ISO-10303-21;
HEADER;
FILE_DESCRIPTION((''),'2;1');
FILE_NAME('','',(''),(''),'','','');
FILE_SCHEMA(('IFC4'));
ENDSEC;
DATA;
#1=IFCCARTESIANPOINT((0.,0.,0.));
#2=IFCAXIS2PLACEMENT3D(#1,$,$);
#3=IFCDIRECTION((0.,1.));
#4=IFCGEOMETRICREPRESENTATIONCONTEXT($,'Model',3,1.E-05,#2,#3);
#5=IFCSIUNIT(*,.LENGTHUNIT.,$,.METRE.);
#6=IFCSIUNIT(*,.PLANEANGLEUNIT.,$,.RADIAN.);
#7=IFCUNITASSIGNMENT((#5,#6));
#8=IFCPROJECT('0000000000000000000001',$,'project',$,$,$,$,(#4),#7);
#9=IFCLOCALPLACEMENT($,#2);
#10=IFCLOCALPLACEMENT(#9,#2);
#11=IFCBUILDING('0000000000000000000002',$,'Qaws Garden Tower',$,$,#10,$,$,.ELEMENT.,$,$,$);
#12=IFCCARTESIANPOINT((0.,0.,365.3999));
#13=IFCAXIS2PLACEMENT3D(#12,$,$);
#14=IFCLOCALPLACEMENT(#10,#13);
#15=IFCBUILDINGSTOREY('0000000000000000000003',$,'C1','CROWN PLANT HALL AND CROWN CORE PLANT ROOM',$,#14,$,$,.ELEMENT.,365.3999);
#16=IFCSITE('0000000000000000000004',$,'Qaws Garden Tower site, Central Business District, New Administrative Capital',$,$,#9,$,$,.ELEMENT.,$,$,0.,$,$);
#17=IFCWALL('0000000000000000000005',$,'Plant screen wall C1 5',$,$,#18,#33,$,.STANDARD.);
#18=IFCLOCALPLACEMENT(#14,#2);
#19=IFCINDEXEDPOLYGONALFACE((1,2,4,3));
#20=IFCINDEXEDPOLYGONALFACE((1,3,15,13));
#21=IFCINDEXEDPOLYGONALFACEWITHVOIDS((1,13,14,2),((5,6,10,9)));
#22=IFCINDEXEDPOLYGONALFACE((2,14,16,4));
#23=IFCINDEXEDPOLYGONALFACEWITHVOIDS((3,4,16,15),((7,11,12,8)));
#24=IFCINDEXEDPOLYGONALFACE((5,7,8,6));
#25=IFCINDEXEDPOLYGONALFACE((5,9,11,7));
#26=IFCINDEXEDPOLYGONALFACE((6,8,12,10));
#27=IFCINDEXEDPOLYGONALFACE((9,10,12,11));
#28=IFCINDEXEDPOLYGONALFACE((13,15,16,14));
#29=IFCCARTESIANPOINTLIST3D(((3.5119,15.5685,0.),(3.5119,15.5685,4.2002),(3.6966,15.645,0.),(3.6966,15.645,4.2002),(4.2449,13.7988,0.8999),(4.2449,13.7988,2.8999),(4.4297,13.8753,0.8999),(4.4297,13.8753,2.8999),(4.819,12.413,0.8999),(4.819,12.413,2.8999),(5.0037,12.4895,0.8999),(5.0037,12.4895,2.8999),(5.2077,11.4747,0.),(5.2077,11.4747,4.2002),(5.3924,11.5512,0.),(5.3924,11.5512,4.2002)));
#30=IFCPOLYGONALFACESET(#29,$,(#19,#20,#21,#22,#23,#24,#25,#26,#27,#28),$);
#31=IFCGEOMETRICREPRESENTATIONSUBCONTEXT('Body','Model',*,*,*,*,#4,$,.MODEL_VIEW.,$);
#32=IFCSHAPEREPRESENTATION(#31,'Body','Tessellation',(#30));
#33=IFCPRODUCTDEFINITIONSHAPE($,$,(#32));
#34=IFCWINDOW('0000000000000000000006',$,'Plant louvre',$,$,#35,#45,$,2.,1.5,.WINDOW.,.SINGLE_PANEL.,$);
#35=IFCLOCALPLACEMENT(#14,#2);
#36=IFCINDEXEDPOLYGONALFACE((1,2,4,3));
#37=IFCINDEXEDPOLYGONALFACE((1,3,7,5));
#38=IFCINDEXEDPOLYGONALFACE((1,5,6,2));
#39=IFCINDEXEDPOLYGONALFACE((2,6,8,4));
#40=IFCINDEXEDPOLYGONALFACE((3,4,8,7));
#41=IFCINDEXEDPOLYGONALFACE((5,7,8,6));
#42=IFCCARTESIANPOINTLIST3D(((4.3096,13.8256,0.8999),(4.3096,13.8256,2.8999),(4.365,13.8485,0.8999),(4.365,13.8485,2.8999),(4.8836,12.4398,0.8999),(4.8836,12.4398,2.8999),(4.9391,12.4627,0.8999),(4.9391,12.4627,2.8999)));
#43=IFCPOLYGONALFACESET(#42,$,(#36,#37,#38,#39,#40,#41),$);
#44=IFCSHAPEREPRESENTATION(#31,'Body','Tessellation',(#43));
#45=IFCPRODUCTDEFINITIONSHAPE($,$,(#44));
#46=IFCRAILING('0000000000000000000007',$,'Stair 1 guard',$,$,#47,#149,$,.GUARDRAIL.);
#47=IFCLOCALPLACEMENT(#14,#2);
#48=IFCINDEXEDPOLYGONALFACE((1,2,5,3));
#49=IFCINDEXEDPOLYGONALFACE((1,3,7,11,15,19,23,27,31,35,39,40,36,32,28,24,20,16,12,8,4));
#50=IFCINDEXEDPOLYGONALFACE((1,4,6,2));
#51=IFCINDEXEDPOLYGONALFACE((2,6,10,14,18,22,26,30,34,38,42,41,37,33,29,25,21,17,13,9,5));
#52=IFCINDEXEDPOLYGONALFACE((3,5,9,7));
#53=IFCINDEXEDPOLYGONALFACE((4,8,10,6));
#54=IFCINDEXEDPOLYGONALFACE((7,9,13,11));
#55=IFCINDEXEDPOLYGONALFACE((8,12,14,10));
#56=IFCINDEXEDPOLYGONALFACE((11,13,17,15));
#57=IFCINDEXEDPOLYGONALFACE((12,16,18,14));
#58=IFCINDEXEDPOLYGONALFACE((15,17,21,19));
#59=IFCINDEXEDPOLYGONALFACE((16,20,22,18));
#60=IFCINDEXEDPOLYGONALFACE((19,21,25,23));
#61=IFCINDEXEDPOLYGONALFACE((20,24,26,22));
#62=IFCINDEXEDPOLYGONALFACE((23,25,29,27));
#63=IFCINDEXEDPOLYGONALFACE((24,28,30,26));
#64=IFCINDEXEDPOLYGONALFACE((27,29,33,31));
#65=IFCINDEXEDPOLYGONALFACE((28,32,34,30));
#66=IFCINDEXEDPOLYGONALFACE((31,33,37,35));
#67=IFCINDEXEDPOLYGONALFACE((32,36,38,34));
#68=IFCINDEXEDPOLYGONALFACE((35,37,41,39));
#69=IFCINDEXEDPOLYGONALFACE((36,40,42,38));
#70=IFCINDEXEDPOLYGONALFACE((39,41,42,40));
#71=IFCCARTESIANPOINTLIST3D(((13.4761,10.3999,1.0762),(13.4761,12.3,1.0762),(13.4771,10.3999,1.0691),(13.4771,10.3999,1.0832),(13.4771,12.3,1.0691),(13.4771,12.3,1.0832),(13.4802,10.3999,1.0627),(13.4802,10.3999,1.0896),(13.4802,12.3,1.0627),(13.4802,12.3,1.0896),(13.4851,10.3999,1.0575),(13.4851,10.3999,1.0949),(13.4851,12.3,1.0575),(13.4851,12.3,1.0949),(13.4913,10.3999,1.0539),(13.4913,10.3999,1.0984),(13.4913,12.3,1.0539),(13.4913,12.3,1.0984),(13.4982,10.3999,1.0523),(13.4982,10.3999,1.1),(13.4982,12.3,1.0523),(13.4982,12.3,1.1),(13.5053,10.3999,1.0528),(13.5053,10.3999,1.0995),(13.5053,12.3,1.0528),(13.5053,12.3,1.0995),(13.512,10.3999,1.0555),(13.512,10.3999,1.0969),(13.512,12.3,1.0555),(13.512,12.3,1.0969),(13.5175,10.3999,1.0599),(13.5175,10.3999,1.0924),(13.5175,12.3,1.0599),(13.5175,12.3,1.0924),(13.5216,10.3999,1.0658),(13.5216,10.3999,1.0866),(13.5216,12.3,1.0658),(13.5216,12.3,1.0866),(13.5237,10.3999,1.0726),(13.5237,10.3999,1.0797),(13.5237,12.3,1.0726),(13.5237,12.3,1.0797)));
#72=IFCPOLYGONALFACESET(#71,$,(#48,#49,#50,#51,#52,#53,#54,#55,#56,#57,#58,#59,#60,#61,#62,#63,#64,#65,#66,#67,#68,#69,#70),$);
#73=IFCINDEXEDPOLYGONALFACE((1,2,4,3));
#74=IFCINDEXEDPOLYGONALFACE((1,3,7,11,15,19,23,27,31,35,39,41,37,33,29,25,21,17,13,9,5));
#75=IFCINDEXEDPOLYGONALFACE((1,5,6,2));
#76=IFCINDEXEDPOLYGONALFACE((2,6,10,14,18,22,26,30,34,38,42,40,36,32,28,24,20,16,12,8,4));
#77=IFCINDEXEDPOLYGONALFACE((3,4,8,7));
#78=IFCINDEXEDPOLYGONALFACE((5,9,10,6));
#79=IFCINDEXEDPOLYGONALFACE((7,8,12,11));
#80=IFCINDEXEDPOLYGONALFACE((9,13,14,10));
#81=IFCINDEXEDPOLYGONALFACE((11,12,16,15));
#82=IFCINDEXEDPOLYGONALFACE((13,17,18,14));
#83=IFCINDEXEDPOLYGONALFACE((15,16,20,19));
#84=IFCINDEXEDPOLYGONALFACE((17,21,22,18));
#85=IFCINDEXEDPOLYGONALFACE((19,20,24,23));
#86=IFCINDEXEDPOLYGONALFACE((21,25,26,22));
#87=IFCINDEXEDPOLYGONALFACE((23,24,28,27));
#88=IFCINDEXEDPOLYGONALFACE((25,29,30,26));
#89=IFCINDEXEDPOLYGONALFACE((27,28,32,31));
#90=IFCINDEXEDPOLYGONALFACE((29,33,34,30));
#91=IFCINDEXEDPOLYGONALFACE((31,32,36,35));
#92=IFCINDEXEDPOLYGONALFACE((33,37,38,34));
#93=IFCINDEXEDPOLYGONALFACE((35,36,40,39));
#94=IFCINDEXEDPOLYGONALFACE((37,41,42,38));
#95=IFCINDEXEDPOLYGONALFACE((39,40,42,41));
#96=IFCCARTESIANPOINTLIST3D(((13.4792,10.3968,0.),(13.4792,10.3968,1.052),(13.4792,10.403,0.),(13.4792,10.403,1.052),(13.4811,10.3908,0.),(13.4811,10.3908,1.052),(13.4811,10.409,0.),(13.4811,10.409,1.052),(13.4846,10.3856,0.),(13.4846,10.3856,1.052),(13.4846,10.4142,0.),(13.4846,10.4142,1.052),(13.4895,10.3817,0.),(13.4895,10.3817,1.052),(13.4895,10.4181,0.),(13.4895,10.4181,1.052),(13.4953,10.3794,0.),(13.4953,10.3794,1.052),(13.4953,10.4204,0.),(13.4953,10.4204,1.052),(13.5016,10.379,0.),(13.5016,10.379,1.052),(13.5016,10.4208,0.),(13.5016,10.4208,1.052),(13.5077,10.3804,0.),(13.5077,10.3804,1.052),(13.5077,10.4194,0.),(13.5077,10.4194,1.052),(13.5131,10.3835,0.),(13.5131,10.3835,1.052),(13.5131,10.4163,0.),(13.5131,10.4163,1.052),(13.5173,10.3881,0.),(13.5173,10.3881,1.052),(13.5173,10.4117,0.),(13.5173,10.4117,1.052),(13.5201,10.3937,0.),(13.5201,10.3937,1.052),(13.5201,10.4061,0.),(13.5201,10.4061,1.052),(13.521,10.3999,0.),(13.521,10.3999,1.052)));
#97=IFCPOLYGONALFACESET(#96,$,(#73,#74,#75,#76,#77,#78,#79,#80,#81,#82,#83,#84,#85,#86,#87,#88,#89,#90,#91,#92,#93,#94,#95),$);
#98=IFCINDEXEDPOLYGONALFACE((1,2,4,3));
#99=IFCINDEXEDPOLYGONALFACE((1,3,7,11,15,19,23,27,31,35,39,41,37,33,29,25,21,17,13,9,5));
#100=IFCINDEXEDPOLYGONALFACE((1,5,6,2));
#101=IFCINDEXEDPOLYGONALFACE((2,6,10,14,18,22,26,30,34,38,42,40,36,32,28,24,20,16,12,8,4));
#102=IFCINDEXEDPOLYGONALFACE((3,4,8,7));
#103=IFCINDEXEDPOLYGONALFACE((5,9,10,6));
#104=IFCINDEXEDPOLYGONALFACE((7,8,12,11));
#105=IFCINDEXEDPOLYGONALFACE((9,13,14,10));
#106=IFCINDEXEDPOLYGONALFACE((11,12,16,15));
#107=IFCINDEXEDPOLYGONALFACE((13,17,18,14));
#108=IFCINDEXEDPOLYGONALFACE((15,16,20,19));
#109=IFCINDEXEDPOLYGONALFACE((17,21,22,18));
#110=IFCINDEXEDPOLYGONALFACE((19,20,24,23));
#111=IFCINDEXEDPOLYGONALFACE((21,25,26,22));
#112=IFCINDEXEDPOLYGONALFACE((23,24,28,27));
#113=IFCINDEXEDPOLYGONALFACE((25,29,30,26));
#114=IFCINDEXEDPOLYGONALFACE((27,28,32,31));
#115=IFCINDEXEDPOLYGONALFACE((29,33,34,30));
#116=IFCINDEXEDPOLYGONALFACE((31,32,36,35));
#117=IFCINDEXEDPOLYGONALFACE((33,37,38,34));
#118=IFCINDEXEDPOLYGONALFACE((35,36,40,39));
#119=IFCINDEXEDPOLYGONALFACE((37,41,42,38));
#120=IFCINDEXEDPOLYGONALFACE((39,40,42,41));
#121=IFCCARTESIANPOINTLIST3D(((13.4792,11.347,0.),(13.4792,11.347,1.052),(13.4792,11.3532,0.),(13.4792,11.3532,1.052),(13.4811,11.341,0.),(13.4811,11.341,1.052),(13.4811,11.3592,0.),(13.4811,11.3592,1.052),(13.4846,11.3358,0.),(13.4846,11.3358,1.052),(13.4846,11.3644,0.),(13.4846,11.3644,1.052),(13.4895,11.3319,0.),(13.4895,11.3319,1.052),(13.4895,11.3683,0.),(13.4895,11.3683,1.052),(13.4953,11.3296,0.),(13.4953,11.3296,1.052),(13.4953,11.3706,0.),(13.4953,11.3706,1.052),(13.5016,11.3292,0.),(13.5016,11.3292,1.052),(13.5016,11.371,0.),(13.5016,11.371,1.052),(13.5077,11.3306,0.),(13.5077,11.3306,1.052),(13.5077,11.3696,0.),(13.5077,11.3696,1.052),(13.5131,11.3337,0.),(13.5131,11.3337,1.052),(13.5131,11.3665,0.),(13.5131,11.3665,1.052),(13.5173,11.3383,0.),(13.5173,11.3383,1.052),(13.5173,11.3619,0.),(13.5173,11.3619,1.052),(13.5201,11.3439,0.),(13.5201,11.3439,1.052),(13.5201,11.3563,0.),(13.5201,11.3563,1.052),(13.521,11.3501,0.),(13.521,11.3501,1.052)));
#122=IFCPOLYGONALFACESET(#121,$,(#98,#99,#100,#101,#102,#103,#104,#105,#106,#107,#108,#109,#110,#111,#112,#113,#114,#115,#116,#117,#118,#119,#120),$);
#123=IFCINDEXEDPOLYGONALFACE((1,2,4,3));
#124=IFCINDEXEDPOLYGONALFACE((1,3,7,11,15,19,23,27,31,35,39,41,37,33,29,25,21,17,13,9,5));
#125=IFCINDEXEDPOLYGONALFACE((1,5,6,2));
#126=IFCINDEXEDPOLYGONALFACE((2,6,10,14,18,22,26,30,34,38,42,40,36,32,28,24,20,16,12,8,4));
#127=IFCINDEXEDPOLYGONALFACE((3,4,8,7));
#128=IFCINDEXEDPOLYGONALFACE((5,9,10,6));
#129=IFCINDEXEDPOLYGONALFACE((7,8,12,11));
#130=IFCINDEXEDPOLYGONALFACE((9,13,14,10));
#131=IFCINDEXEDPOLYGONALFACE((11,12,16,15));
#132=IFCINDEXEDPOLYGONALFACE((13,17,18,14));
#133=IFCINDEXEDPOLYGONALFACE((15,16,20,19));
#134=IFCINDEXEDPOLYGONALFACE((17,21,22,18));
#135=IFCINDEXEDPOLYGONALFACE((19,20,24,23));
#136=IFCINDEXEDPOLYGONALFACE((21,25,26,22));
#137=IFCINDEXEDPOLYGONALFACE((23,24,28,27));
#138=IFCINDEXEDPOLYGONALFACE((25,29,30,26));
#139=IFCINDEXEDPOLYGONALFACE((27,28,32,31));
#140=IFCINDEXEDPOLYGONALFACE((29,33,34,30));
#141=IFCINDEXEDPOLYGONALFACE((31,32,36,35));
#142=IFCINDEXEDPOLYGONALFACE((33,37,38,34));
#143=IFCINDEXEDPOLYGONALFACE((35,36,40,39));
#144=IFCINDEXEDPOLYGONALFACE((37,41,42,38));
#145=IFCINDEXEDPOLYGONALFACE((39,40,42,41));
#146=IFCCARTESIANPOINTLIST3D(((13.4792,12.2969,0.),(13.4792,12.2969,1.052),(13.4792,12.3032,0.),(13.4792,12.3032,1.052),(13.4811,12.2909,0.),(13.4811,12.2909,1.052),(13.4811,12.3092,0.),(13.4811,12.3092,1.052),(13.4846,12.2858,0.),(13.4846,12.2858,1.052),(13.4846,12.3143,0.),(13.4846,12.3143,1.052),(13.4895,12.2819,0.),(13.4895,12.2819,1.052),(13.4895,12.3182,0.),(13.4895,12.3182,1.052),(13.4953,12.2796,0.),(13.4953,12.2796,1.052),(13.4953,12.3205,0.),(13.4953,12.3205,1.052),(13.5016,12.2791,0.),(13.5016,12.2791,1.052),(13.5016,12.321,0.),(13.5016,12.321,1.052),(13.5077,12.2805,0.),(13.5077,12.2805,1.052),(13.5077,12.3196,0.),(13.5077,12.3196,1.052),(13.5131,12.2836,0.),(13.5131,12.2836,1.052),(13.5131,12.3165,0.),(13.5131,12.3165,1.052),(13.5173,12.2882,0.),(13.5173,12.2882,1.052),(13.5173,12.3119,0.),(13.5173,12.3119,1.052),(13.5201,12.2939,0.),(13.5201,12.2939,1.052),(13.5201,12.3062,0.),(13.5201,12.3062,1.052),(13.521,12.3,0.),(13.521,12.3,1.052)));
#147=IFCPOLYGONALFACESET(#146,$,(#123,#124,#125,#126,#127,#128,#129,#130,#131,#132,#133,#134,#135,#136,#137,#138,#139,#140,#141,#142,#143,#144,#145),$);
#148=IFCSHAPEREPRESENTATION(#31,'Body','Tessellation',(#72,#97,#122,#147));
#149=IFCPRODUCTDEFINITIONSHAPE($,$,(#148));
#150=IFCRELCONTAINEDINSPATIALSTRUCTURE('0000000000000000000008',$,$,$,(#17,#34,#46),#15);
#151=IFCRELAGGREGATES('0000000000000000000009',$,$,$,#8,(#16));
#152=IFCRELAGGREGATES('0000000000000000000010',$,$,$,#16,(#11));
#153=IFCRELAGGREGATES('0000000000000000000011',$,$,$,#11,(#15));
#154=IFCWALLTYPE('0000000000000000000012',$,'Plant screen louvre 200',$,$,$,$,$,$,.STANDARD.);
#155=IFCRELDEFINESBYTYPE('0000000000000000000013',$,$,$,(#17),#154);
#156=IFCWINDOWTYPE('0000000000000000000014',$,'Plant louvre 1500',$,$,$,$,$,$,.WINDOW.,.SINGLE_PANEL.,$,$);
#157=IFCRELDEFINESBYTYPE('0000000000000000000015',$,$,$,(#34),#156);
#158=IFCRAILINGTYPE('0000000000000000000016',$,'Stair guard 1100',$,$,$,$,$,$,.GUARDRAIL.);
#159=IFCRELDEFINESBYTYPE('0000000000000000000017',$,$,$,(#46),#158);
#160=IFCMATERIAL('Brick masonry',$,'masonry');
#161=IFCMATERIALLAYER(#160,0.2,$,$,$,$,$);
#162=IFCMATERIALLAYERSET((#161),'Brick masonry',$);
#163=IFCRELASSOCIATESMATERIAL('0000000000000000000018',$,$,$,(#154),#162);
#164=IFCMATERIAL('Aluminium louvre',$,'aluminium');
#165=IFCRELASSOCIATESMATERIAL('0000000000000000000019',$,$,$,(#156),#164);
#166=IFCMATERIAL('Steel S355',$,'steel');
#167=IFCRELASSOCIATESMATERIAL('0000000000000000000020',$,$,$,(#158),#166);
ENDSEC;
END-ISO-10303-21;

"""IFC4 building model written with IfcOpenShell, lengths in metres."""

from ifc_helpers import new_model, si_unit, direction, frame, frame_2d, origin, origin_2d, place, context, subcontext, project, spatial, rectangle, circle, extrude, material, layer, layer_set, type_object, element, fill, save


model = new_model("IFC4")

# Units and contexts
model_context = context("Model", 3, precision=1e-05, world=origin(), true_north=direction((0.0, 1.0)))
body_context = subcontext(model_context, "Body", "Model", "MODEL_VIEW")
ifc_project = project(units=[si_unit("LENGTHUNIT", "METRE"), si_unit("PLANEANGLEUNIT", "RADIAN")], contexts=[model_context])

# Site, building, storey
site_placement = place(None, origin())
site = spatial("IfcSite", under=ifc_project, at=site_placement, Name="Qaws Garden Tower site, Central Business District, New Administrative Capital", CompositionType="ELEMENT", RefElevation=0.0)
building_placement = place(site_placement, origin())
building = spatial("IfcBuilding", under=site, at=building_placement, Name="Qaws Garden Tower", CompositionType="ELEMENT")
storey_placement = place(building_placement, frame((0.0, 0.0, 365.3999)))
storey = spatial("IfcBuildingStorey", under=building, at=storey_placement, Name="C1", Description="CROWN PLANT HALL AND CROWN CORE PLANT ROOM", CompositionType="ELEMENT", Elevation=365.3999)

# Wall, opening, window
ifc_material_1 = material(Name="Brick masonry", Category="masonry")
ifc_layer_1 = layer(ifc_material_1, 0.2)
ifc_layer_set_1 = layer_set([ifc_layer_1], Name="Brick masonry")
wall_type_1 = type_object("IfcWallType", Name="Plant screen louvre 200", PredefinedType="STANDARD", material=ifc_layer_set_1)
ifc_material_2 = material(Name="Aluminium louvre", Category="aluminium")
window_type = type_object("IfcWindowType", Name="Plant louvre 1500", PartitioningType="SINGLE_PANEL", PredefinedType="WINDOW", material=ifc_material_2)
wall_1_placement = place(storey_placement, frame((5.3, 11.5129, 0.0), z_axis=(0.0, 0.0, 1.0), x_axis=(-0.382705, 0.92387, 0.0)))
wall_1 = element("IfcWall", 1, at=wall_1_placement, inside=storey, type_object=wall_type_1, Name="Plant screen wall C1 5", PredefinedType="STANDARD", context=body_context, shape_type="SweptSolid", body=[
    extrude(rectangle(XDim=4.4312, YDim=0.2, at=frame_2d((2.2156, 0.0))), origin(), (0.0, 0.0, 1.0), 4.2002),
])
opening_1_placement = place(wall_1_placement, frame((1.0156, 0.0, 0.8999)))
opening_1 = element("IfcOpeningElement", 2, at=opening_1_placement, cuts=wall_1, PredefinedType="OPENING", context=body_context, shape_type="SweptSolid", body=[
    extrude(rectangle(XDim=1.5, YDim=2.0, at=frame_2d((0.75, 1.0))), frame((0.0, 0.1099, 0.0), z_axis=(0.0, -1.0, 0.0), x_axis=(1.0, 0.0, 0.0)), (0.0, 0.0, 1.0), 0.22),
])
window_1_placement = place(opening_1_placement, origin())
window_1 = element("IfcWindow", 3, at=window_1_placement, inside=storey, type_object=window_type, Name="Plant louvre", OverallHeight=2.0, OverallWidth=1.5, PartitioningType="SINGLE_PANEL", PredefinedType="WINDOW", context=body_context, shape_type="SweptSolid", body=[
    extrude(rectangle(XDim=1.5, YDim=2.0, at=frame_2d((0.75, 1.0))), frame((0.0, 0.03, 0.0), z_axis=(0.0, -1.0, 0.0), x_axis=(1.0, 0.0, 0.0)), (0.0, 0.0, 1.0), 0.0601),
])
fill(opening_1, window_1)

# Railing
ifc_material_3 = material(Name="Steel S355", Category="steel")
railing_type = type_object("IfcRailingType", Name="Stair guard 1100", PredefinedType="GUARDRAIL", material=ifc_material_3)
railing_placement = place(storey_placement, frame((13.5, 10.3999, 0.0)))
element("IfcRailing", 4, at=railing_placement, inside=storey, type_object=railing_type, Name="Stair 1 guard", PredefinedType="GUARDRAIL", context=body_context, shape_type="SweptSolid", body=[
    extrude(circle(Radius=0.0239, at=origin_2d()), frame((0.0, 0.0, 1.0762), z_axis=(0.0, 1.0, 0.0), x_axis=(-1.0, 0.0, 0.0)), (0.0, 0.0, 1.0), 1.9001),
    extrude(circle(Radius=0.021, at=origin_2d()), origin(), (0.0, 0.0, 1.0), 1.052),
    extrude(circle(Radius=0.021, at=origin_2d()), frame((0.0, 0.9502, 0.0)), (0.0, 0.0, 1.0), 1.052),
    extrude(circle(Radius=0.021, at=origin_2d()), frame((0.0, 1.9001, 0.0)), (0.0, 0.0, 1.0), 1.052),
])

save(model, "model.ifc")
